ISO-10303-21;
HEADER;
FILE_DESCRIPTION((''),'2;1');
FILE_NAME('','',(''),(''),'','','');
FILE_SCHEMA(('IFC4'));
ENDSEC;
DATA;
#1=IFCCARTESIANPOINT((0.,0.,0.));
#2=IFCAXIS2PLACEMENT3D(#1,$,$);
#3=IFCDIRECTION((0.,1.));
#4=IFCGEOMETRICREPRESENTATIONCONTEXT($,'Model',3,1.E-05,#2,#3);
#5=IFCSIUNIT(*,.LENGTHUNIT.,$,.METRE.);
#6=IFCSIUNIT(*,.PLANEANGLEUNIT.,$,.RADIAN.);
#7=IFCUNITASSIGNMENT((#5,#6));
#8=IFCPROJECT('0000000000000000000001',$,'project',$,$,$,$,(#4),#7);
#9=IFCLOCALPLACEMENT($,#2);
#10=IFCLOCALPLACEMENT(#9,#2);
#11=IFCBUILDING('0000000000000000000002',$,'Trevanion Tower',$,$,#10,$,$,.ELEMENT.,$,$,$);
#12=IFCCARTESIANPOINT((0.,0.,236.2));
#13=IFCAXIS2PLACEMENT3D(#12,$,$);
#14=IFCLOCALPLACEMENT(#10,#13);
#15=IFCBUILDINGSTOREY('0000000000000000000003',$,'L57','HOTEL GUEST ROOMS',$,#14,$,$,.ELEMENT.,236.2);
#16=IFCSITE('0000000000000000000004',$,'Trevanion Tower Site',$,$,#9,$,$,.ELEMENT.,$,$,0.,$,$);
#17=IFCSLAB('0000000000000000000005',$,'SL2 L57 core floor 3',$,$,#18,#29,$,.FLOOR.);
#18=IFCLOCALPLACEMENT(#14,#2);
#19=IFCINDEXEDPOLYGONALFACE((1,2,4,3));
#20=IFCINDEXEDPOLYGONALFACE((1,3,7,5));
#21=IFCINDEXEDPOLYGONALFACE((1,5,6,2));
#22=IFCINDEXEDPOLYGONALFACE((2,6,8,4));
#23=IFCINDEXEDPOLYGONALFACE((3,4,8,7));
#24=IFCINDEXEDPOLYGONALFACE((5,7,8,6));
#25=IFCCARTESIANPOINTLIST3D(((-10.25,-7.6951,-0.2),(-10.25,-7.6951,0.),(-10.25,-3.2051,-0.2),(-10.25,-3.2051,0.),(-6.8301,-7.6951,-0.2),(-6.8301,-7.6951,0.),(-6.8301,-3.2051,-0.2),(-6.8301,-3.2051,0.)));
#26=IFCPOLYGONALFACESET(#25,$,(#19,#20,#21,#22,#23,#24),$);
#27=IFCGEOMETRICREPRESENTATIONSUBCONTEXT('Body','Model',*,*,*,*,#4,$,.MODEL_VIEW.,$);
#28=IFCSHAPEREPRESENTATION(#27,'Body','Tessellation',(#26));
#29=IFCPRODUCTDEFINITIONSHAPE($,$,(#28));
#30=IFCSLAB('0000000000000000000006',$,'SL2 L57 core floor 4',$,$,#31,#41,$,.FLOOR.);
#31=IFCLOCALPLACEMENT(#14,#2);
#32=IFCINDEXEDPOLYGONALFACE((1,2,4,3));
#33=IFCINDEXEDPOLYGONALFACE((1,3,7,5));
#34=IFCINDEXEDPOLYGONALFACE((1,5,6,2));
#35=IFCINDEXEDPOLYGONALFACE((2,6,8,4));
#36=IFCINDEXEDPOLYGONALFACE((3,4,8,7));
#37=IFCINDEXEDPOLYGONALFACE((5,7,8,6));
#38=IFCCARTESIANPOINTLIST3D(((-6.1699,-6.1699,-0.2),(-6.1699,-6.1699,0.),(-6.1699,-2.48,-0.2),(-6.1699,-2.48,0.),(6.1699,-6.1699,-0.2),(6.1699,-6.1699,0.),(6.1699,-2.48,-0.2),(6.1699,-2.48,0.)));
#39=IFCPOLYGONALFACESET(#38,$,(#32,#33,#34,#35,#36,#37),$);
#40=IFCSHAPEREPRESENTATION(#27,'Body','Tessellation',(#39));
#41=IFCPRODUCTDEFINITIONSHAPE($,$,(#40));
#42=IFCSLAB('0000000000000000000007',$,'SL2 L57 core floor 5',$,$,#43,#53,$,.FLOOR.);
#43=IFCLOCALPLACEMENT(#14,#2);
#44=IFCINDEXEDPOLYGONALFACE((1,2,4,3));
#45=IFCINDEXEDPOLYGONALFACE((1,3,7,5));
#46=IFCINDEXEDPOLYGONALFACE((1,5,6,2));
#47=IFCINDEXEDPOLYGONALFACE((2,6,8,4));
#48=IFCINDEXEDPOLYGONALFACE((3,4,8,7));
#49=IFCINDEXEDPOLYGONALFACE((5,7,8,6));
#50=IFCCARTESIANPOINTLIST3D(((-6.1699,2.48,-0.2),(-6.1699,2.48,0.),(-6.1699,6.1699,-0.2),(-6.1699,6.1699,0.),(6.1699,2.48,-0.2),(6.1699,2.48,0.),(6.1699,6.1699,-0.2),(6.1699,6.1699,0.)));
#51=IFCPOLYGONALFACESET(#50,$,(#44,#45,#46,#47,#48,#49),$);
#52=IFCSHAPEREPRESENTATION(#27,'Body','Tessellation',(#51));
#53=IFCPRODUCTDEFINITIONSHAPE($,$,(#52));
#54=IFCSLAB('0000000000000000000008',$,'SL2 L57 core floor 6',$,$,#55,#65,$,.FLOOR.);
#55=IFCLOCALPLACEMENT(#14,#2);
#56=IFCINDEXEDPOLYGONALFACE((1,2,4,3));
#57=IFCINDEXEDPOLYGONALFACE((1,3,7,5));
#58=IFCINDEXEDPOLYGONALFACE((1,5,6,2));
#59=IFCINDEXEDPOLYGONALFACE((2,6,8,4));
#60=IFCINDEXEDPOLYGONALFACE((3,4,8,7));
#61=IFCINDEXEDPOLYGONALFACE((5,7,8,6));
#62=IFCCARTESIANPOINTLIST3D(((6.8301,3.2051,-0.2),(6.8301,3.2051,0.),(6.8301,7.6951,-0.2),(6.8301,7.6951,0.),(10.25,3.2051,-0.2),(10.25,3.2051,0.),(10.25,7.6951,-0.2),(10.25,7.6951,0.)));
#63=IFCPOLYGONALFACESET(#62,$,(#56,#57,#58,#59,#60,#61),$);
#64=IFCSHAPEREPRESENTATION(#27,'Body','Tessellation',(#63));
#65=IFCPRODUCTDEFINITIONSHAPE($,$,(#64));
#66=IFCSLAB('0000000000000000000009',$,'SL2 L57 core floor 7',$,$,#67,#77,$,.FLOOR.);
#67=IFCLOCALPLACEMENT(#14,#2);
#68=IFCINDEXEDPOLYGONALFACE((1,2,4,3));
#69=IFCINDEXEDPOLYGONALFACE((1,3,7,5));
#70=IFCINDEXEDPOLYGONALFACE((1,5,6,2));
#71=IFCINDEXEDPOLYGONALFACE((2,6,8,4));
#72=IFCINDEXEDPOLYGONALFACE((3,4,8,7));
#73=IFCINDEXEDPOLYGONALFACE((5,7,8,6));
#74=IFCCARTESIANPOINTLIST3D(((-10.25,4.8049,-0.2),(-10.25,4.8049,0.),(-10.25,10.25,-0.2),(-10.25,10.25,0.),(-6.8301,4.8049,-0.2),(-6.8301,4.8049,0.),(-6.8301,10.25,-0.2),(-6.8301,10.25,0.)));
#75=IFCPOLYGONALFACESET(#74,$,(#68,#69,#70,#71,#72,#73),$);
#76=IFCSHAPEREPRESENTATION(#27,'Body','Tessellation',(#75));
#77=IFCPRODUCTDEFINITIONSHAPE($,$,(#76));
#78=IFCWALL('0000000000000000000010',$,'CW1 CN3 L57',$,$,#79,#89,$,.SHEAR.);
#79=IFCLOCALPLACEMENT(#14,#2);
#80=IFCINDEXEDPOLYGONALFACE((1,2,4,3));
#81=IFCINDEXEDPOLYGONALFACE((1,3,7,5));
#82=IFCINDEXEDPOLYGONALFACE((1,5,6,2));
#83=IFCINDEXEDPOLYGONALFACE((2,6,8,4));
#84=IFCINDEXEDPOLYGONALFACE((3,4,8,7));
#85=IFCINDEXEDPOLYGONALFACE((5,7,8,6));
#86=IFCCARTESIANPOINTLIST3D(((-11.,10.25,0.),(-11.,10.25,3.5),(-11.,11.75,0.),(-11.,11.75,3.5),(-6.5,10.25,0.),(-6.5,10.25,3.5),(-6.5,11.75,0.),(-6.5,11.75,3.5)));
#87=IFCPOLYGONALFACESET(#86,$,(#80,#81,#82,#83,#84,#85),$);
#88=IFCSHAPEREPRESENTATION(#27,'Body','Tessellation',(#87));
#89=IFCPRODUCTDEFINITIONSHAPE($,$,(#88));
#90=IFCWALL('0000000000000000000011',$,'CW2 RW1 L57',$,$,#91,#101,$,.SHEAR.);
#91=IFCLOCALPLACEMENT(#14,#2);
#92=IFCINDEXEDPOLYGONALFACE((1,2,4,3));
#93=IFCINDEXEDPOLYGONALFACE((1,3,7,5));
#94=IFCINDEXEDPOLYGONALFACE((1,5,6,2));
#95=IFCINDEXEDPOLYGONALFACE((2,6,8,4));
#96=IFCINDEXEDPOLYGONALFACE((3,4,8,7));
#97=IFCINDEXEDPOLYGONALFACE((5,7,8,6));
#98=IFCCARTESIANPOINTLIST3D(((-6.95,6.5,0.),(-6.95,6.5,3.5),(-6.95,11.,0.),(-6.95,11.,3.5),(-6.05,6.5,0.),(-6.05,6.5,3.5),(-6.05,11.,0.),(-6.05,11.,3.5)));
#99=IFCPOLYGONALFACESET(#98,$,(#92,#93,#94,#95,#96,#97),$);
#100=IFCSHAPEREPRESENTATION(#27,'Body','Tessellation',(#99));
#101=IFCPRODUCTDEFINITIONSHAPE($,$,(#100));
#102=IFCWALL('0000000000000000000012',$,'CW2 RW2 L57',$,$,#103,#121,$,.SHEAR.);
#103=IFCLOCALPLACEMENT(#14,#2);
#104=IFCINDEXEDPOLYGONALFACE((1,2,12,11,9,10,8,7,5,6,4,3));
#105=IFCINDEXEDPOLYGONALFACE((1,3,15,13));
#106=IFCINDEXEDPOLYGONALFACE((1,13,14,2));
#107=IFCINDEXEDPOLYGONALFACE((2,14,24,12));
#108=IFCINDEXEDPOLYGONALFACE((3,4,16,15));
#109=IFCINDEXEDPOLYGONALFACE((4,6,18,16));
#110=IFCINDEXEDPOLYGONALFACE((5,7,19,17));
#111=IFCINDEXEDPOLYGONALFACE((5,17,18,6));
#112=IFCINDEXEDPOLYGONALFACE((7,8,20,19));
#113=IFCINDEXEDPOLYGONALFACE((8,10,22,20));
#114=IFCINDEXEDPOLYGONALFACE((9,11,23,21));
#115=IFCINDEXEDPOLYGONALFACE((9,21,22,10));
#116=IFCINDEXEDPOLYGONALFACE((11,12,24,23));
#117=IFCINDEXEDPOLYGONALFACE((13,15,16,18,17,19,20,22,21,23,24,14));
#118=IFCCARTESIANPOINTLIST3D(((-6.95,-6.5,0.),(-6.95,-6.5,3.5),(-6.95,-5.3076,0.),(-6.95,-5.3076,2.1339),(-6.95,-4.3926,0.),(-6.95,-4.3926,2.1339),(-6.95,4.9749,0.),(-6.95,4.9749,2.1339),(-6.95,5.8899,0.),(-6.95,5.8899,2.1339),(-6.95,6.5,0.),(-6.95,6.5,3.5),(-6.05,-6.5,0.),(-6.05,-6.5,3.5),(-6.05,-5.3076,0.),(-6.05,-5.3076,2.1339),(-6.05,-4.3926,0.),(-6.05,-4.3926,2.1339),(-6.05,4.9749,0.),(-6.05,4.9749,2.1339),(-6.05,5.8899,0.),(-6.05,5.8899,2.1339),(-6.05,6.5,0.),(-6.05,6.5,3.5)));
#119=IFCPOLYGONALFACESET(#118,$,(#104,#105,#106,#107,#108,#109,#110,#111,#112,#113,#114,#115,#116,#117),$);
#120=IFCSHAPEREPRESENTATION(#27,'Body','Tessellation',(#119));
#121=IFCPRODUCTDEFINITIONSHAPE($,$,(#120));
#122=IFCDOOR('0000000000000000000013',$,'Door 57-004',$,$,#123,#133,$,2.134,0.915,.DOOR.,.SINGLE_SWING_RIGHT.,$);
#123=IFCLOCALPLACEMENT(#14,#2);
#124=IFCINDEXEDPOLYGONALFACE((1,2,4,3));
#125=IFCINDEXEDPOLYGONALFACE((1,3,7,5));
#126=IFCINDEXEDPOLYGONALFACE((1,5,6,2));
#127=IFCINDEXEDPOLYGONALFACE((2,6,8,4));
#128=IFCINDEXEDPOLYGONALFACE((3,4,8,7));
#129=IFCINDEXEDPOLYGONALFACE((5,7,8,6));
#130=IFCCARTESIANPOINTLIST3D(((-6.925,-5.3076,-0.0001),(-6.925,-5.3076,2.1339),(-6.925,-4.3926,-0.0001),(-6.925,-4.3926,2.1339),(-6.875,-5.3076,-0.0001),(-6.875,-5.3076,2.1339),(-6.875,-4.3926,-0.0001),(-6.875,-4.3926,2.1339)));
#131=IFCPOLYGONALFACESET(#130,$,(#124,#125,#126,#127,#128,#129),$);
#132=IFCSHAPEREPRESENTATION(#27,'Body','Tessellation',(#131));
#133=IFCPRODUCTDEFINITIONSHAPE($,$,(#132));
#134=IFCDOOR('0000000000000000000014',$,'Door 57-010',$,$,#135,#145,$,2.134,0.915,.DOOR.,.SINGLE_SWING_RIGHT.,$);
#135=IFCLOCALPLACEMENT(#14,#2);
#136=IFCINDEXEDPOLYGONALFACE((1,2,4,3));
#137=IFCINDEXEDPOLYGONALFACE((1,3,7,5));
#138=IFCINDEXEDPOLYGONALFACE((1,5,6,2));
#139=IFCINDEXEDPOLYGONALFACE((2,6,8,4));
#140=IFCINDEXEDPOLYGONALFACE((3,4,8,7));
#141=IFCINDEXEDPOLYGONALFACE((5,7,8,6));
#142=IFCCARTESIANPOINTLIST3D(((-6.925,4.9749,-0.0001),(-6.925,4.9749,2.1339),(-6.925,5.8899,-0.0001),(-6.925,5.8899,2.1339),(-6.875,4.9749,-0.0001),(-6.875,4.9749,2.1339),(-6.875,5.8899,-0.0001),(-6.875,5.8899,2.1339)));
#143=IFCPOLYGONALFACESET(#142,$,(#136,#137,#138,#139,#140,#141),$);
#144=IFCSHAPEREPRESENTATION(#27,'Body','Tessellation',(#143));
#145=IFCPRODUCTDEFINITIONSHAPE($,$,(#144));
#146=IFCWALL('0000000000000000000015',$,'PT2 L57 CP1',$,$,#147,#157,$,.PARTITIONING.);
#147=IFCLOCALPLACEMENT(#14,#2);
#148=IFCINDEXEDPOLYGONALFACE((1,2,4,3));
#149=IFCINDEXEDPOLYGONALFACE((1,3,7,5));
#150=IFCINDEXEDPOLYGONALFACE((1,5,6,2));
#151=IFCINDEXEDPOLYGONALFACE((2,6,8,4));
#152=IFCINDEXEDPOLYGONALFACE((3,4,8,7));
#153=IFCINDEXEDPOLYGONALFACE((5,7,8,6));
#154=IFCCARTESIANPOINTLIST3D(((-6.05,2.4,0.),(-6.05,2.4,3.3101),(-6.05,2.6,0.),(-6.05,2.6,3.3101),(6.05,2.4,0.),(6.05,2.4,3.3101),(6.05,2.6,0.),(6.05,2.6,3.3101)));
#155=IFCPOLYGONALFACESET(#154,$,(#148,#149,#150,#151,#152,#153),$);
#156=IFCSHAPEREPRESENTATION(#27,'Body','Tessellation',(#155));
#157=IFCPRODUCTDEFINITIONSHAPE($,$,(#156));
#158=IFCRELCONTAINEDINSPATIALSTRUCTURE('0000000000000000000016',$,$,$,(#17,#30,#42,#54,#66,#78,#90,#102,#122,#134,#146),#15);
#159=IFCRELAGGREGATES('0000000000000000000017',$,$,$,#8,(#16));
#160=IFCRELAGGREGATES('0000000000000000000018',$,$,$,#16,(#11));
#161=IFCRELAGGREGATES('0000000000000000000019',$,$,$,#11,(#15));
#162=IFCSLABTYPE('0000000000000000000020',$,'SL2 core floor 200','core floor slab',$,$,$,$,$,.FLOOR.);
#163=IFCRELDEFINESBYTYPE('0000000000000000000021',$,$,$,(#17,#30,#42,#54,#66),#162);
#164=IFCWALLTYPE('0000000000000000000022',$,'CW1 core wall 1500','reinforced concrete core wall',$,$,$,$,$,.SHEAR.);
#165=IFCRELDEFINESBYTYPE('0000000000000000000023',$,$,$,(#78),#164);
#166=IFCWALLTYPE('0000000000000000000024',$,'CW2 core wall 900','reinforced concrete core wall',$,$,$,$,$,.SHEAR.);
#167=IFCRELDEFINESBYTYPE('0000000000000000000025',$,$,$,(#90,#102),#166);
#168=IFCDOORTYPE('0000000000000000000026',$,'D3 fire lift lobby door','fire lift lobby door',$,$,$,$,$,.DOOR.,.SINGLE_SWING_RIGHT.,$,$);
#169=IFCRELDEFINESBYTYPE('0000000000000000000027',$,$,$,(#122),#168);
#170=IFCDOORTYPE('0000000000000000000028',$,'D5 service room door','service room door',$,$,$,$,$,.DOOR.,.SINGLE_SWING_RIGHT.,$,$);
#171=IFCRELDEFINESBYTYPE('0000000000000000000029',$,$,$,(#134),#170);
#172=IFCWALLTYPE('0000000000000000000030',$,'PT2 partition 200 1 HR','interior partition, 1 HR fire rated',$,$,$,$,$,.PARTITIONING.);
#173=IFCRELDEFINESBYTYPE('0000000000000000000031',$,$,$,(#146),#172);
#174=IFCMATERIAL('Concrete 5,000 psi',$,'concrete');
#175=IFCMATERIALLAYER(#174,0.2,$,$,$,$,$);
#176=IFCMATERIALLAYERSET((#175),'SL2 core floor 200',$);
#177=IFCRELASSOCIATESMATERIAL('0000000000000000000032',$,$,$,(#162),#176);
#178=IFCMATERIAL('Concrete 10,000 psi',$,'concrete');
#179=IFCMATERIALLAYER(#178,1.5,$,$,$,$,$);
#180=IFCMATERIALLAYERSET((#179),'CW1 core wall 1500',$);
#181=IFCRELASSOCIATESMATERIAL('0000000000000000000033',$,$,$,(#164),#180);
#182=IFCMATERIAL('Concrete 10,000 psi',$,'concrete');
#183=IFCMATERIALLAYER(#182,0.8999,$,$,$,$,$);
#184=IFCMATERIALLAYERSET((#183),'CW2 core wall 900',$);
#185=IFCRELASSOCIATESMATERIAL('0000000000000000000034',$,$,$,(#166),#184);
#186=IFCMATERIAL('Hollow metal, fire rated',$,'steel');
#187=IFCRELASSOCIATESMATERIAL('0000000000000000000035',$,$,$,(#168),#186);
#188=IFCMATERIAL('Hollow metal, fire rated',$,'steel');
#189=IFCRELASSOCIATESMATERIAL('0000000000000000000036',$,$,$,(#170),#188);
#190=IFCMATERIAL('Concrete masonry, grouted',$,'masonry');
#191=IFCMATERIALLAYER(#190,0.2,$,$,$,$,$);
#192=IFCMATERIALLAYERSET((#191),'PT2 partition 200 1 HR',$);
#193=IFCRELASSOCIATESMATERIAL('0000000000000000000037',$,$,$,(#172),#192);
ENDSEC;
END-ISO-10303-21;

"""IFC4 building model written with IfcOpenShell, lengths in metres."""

from ifc_helpers import new_model, si_unit, direction, frame, frame_2d, origin, place, context, subcontext, project, spatial, polyline, rectangle, outline, extrude, material, layer, layer_set, type_object, element, fill, save


model = new_model("IFC4")

# Units and contexts
model_context = context("Model", 3, precision=1e-05, world=origin(), true_north=direction((0.0, 1.0)))
body_context = subcontext(model_context, "Body", "Model", "MODEL_VIEW")
ifc_project = project(units=[si_unit("LENGTHUNIT", "METRE"), si_unit("PLANEANGLEUNIT", "RADIAN")], contexts=[model_context])

# Site, building, storey
site_placement = place(None, origin())
site = spatial("IfcSite", under=ifc_project, at=site_placement, Name="Trevanion Tower Site", CompositionType="ELEMENT", RefElevation=0.0)
building_placement = place(site_placement, origin())
building = spatial("IfcBuilding", under=site, at=building_placement, Name="Trevanion Tower", CompositionType="ELEMENT")
storey_placement = place(building_placement, frame((0.0, 0.0, 236.2)))
storey = spatial("IfcBuildingStorey", under=building, at=storey_placement, Name="L57", Description="HOTEL GUEST ROOMS", CompositionType="ELEMENT", Elevation=236.2)

# Slabs
ifc_material_1 = material(Name="Concrete 5,000 psi", Category="concrete")
ifc_layer_1 = layer(ifc_material_1, 0.2)
ifc_layer_set_1 = layer_set([ifc_layer_1], Name="SL2 core floor 200")
slab_type = type_object("IfcSlabType", Name="SL2 core floor 200", Description="core floor slab", PredefinedType="FLOOR", material=ifc_layer_set_1)
slab_1_placement = place(storey_placement, frame((0.0, 0.0, -0.2)))
element("IfcSlab", 1, at=slab_1_placement, inside=storey, type_object=slab_type, Name="SL2 L57 core floor 3", PredefinedType="FLOOR", context=body_context, shape_type="SweptSolid", body=[
    extrude(outline(polyline([(-6.8301, -3.2051), (-6.8301, -7.6951), (-10.25, -7.6951), (-10.25, -3.2051), (-6.8301, -3.2051)])), origin(), (0.0, 0.0, 1.0), 0.2),
])
slab_2_placement = place(storey_placement, frame((0.0, 0.0, -0.2)))
element("IfcSlab", 2, at=slab_2_placement, inside=storey, type_object=slab_type, Name="SL2 L57 core floor 4", PredefinedType="FLOOR", context=body_context, shape_type="SweptSolid", body=[
    extrude(outline(polyline([(6.1699, -6.1699), (-6.1699, -6.1699), (-6.1699, -2.48), (6.1699, -2.48), (6.1699, -6.1699)])), origin(), (0.0, 0.0, 1.0), 0.2),
])
slab_3_placement = place(storey_placement, frame((0.0, 0.0, -0.2)))
element("IfcSlab", 3, at=slab_3_placement, inside=storey, type_object=slab_type, Name="SL2 L57 core floor 5", PredefinedType="FLOOR", context=body_context, shape_type="SweptSolid", body=[
    extrude(outline(polyline([(6.1699, 2.48), (-6.1699, 2.48), (-6.1699, 6.1699), (6.1699, 6.1699), (6.1699, 2.48)])), origin(), (0.0, 0.0, 1.0), 0.2),
])
slab_4_placement = place(storey_placement, frame((0.0, 0.0, -0.2)))
element("IfcSlab", 4, at=slab_4_placement, inside=storey, type_object=slab_type, Name="SL2 L57 core floor 6", PredefinedType="FLOOR", context=body_context, shape_type="SweptSolid", body=[
    extrude(outline(polyline([(6.8301, 3.2051), (6.8301, 7.6951), (10.25, 7.6951), (10.25, 3.2051), (6.8301, 3.2051)])), origin(), (0.0, 0.0, 1.0), 0.2),
])
slab_5_placement = place(storey_placement, frame((0.0, 0.0, -0.2)))
element("IfcSlab", 5, at=slab_5_placement, inside=storey, type_object=slab_type, Name="SL2 L57 core floor 7", PredefinedType="FLOOR", context=body_context, shape_type="SweptSolid", body=[
    extrude(outline(polyline([(-6.8301, 4.8049), (-10.25, 4.8049), (-10.25, 10.25), (-6.8301, 10.25), (-6.8301, 4.8049)])), origin(), (0.0, 0.0, 1.0), 0.2),
])

# Walls
ifc_material_2 = material(Name="Concrete 10,000 psi", Category="concrete")
ifc_layer_2 = layer(ifc_material_2, 1.5)
ifc_layer_set_2 = layer_set([ifc_layer_2], Name="CW1 core wall 1500")
wall_type_1 = type_object("IfcWallType", Name="CW1 core wall 1500", Description="reinforced concrete core wall", PredefinedType="SHEAR", material=ifc_layer_set_2)
wall_1_placement = place(storey_placement, frame((-6.5, 11.0, 0.0), z_axis=(0.0, 0.0, 1.0), x_axis=(-1.0, 0.0, 0.0)))
element("IfcWall", 6, at=wall_1_placement, inside=storey, type_object=wall_type_1, Name="CW1 CN3 L57", PredefinedType="SHEAR", context=body_context, shape_type="SweptSolid", body=[
    extrude(rectangle(XDim=4.5, YDim=1.5, at=frame_2d((2.25, 0.0))), origin(), (0.0, 0.0, 1.0), 3.5),
])
ifc_material_3 = material(Name="Concrete 10,000 psi", Category="concrete")
ifc_layer_3 = layer(ifc_material_3, 0.8999)
ifc_layer_set_3 = layer_set([ifc_layer_3], Name="CW2 core wall 900")
wall_type_2 = type_object("IfcWallType", Name="CW2 core wall 900", Description="reinforced concrete core wall", PredefinedType="SHEAR", material=ifc_layer_set_3)
wall_2_placement = place(storey_placement, frame((-6.5, 11.0, 0.0), z_axis=(0.0, 0.0, 1.0), x_axis=(0.0, -1.0, 0.0)))
element("IfcWall", 7, at=wall_2_placement, inside=storey, type_object=wall_type_2, Name="CW2 RW1 L57", PredefinedType="SHEAR", context=body_context, shape_type="SweptSolid", body=[
    extrude(rectangle(XDim=4.5, YDim=0.8999, at=frame_2d((2.25, 0.0))), origin(), (0.0, 0.0, 1.0), 3.5),
])

# Wall, openings, doors
wall_3_placement = place(storey_placement, frame((-6.5, 6.5, 0.0), z_axis=(0.0, 0.0, 1.0), x_axis=(0.0, -1.0, 0.0)))
wall_3 = element("IfcWall", 8, at=wall_3_placement, inside=storey, type_object=wall_type_2, Name="CW2 RW2 L57", PredefinedType="SHEAR", context=body_context, shape_type="SweptSolid", body=[
    extrude(rectangle(XDim=13.0, YDim=0.8999, at=frame_2d((6.5, 0.0))), origin(), (0.0, 0.0, 1.0), 3.5),
])
opening_1_placement = place(wall_3_placement, frame((10.8926, 0.0, 0.0)))
opening_1 = element("IfcOpeningElement", 9, at=opening_1_placement, cuts=wall_3, PredefinedType="OPENING", context=body_context, shape_type="SweptSolid", body=[
    extrude(rectangle(XDim=0.915, YDim=2.134, at=frame_2d((0.4575, 1.0669))), frame((0.0, 0.46, 0.0), z_axis=(0.0, -1.0, 0.0), x_axis=(1.0, 0.0, 0.0)), (0.0, 0.0, 1.0), 0.9199),
])
opening_2_placement = place(wall_3_placement, frame((0.6101, 0.0, 0.0)))
opening_2 = element("IfcOpeningElement", 10, at=opening_2_placement, cuts=wall_3, PredefinedType="OPENING", context=body_context, shape_type="SweptSolid", body=[
    extrude(rectangle(XDim=0.915, YDim=2.134, at=frame_2d((0.4575, 1.0669))), frame((0.0, 0.46, 0.0), z_axis=(0.0, -1.0, 0.0), x_axis=(1.0, 0.0, 0.0)), (0.0, 0.0, 1.0), 0.9199),
])
ifc_material_4 = material(Name="Hollow metal, fire rated", Category="steel")
door_type_1 = type_object("IfcDoorType", Name="D3 fire lift lobby door", Description="fire lift lobby door", OperationType="SINGLE_SWING_RIGHT", PredefinedType="DOOR", material=ifc_material_4)
door_1_placement = place(opening_1_placement, origin())
door_1 = element("IfcDoor", 11, at=door_1_placement, inside=storey, type_object=door_type_1, Name="Door 57-004", OperationType="SINGLE_SWING_RIGHT", OverallHeight=2.134, OverallWidth=0.915, PredefinedType="DOOR", context=body_context, shape_type="SweptSolid", body=[
    extrude(rectangle(XDim=0.915, YDim=2.134, at=frame_2d((0.4575, 1.0669))), frame((0.0, -0.375, 0.0), z_axis=(0.0, -1.0, 0.0), x_axis=(1.0, 0.0, 0.0)), (0.0, 0.0, 1.0), 0.05),
])
fill(opening_1, door_1)
ifc_material_5 = material(Name="Hollow metal, fire rated", Category="steel")
door_type_2 = type_object("IfcDoorType", Name="D5 service room door", Description="service room door", OperationType="SINGLE_SWING_RIGHT", PredefinedType="DOOR", material=ifc_material_5)
door_2_placement = place(opening_2_placement, origin())
door_2 = element("IfcDoor", 12, at=door_2_placement, inside=storey, type_object=door_type_2, Name="Door 57-010", OperationType="SINGLE_SWING_RIGHT", OverallHeight=2.134, OverallWidth=0.915, PredefinedType="DOOR", context=body_context, shape_type="SweptSolid", body=[
    extrude(rectangle(XDim=0.915, YDim=2.134, at=frame_2d((0.4575, 1.0669))), frame((0.0, -0.375, 0.0), z_axis=(0.0, -1.0, 0.0), x_axis=(1.0, 0.0, 0.0)), (0.0, 0.0, 1.0), 0.05),
])
fill(opening_2, door_2)

# Wall
ifc_material_6 = material(Name="Concrete masonry, grouted", Category="masonry")
ifc_layer_4 = layer(ifc_material_6, 0.2)
ifc_layer_set_4 = layer_set([ifc_layer_4], Name="PT2 partition 200 1 HR")
wall_type_3 = type_object("IfcWallType", Name="PT2 partition 200 1 HR", Description="interior partition, 1 HR fire rated", PredefinedType="PARTITIONING", material=ifc_layer_set_4)
wall_4_placement = place(storey_placement, frame((-6.05, 2.5, 0.0), z_axis=(0.0, 0.0, 1.0), x_axis=(1.0, 0.0, 0.0)))
element("IfcWall", 13, at=wall_4_placement, inside=storey, type_object=wall_type_3, Name="PT2 L57 CP1", PredefinedType="PARTITIONING", context=body_context, shape_type="SweptSolid", body=[
    extrude(rectangle(XDim=12.1001, YDim=0.2, at=frame_2d((6.05, 0.0))), origin(), (0.0, 0.0, 1.0), 3.3101),
])

save(model, "model.ifc")
